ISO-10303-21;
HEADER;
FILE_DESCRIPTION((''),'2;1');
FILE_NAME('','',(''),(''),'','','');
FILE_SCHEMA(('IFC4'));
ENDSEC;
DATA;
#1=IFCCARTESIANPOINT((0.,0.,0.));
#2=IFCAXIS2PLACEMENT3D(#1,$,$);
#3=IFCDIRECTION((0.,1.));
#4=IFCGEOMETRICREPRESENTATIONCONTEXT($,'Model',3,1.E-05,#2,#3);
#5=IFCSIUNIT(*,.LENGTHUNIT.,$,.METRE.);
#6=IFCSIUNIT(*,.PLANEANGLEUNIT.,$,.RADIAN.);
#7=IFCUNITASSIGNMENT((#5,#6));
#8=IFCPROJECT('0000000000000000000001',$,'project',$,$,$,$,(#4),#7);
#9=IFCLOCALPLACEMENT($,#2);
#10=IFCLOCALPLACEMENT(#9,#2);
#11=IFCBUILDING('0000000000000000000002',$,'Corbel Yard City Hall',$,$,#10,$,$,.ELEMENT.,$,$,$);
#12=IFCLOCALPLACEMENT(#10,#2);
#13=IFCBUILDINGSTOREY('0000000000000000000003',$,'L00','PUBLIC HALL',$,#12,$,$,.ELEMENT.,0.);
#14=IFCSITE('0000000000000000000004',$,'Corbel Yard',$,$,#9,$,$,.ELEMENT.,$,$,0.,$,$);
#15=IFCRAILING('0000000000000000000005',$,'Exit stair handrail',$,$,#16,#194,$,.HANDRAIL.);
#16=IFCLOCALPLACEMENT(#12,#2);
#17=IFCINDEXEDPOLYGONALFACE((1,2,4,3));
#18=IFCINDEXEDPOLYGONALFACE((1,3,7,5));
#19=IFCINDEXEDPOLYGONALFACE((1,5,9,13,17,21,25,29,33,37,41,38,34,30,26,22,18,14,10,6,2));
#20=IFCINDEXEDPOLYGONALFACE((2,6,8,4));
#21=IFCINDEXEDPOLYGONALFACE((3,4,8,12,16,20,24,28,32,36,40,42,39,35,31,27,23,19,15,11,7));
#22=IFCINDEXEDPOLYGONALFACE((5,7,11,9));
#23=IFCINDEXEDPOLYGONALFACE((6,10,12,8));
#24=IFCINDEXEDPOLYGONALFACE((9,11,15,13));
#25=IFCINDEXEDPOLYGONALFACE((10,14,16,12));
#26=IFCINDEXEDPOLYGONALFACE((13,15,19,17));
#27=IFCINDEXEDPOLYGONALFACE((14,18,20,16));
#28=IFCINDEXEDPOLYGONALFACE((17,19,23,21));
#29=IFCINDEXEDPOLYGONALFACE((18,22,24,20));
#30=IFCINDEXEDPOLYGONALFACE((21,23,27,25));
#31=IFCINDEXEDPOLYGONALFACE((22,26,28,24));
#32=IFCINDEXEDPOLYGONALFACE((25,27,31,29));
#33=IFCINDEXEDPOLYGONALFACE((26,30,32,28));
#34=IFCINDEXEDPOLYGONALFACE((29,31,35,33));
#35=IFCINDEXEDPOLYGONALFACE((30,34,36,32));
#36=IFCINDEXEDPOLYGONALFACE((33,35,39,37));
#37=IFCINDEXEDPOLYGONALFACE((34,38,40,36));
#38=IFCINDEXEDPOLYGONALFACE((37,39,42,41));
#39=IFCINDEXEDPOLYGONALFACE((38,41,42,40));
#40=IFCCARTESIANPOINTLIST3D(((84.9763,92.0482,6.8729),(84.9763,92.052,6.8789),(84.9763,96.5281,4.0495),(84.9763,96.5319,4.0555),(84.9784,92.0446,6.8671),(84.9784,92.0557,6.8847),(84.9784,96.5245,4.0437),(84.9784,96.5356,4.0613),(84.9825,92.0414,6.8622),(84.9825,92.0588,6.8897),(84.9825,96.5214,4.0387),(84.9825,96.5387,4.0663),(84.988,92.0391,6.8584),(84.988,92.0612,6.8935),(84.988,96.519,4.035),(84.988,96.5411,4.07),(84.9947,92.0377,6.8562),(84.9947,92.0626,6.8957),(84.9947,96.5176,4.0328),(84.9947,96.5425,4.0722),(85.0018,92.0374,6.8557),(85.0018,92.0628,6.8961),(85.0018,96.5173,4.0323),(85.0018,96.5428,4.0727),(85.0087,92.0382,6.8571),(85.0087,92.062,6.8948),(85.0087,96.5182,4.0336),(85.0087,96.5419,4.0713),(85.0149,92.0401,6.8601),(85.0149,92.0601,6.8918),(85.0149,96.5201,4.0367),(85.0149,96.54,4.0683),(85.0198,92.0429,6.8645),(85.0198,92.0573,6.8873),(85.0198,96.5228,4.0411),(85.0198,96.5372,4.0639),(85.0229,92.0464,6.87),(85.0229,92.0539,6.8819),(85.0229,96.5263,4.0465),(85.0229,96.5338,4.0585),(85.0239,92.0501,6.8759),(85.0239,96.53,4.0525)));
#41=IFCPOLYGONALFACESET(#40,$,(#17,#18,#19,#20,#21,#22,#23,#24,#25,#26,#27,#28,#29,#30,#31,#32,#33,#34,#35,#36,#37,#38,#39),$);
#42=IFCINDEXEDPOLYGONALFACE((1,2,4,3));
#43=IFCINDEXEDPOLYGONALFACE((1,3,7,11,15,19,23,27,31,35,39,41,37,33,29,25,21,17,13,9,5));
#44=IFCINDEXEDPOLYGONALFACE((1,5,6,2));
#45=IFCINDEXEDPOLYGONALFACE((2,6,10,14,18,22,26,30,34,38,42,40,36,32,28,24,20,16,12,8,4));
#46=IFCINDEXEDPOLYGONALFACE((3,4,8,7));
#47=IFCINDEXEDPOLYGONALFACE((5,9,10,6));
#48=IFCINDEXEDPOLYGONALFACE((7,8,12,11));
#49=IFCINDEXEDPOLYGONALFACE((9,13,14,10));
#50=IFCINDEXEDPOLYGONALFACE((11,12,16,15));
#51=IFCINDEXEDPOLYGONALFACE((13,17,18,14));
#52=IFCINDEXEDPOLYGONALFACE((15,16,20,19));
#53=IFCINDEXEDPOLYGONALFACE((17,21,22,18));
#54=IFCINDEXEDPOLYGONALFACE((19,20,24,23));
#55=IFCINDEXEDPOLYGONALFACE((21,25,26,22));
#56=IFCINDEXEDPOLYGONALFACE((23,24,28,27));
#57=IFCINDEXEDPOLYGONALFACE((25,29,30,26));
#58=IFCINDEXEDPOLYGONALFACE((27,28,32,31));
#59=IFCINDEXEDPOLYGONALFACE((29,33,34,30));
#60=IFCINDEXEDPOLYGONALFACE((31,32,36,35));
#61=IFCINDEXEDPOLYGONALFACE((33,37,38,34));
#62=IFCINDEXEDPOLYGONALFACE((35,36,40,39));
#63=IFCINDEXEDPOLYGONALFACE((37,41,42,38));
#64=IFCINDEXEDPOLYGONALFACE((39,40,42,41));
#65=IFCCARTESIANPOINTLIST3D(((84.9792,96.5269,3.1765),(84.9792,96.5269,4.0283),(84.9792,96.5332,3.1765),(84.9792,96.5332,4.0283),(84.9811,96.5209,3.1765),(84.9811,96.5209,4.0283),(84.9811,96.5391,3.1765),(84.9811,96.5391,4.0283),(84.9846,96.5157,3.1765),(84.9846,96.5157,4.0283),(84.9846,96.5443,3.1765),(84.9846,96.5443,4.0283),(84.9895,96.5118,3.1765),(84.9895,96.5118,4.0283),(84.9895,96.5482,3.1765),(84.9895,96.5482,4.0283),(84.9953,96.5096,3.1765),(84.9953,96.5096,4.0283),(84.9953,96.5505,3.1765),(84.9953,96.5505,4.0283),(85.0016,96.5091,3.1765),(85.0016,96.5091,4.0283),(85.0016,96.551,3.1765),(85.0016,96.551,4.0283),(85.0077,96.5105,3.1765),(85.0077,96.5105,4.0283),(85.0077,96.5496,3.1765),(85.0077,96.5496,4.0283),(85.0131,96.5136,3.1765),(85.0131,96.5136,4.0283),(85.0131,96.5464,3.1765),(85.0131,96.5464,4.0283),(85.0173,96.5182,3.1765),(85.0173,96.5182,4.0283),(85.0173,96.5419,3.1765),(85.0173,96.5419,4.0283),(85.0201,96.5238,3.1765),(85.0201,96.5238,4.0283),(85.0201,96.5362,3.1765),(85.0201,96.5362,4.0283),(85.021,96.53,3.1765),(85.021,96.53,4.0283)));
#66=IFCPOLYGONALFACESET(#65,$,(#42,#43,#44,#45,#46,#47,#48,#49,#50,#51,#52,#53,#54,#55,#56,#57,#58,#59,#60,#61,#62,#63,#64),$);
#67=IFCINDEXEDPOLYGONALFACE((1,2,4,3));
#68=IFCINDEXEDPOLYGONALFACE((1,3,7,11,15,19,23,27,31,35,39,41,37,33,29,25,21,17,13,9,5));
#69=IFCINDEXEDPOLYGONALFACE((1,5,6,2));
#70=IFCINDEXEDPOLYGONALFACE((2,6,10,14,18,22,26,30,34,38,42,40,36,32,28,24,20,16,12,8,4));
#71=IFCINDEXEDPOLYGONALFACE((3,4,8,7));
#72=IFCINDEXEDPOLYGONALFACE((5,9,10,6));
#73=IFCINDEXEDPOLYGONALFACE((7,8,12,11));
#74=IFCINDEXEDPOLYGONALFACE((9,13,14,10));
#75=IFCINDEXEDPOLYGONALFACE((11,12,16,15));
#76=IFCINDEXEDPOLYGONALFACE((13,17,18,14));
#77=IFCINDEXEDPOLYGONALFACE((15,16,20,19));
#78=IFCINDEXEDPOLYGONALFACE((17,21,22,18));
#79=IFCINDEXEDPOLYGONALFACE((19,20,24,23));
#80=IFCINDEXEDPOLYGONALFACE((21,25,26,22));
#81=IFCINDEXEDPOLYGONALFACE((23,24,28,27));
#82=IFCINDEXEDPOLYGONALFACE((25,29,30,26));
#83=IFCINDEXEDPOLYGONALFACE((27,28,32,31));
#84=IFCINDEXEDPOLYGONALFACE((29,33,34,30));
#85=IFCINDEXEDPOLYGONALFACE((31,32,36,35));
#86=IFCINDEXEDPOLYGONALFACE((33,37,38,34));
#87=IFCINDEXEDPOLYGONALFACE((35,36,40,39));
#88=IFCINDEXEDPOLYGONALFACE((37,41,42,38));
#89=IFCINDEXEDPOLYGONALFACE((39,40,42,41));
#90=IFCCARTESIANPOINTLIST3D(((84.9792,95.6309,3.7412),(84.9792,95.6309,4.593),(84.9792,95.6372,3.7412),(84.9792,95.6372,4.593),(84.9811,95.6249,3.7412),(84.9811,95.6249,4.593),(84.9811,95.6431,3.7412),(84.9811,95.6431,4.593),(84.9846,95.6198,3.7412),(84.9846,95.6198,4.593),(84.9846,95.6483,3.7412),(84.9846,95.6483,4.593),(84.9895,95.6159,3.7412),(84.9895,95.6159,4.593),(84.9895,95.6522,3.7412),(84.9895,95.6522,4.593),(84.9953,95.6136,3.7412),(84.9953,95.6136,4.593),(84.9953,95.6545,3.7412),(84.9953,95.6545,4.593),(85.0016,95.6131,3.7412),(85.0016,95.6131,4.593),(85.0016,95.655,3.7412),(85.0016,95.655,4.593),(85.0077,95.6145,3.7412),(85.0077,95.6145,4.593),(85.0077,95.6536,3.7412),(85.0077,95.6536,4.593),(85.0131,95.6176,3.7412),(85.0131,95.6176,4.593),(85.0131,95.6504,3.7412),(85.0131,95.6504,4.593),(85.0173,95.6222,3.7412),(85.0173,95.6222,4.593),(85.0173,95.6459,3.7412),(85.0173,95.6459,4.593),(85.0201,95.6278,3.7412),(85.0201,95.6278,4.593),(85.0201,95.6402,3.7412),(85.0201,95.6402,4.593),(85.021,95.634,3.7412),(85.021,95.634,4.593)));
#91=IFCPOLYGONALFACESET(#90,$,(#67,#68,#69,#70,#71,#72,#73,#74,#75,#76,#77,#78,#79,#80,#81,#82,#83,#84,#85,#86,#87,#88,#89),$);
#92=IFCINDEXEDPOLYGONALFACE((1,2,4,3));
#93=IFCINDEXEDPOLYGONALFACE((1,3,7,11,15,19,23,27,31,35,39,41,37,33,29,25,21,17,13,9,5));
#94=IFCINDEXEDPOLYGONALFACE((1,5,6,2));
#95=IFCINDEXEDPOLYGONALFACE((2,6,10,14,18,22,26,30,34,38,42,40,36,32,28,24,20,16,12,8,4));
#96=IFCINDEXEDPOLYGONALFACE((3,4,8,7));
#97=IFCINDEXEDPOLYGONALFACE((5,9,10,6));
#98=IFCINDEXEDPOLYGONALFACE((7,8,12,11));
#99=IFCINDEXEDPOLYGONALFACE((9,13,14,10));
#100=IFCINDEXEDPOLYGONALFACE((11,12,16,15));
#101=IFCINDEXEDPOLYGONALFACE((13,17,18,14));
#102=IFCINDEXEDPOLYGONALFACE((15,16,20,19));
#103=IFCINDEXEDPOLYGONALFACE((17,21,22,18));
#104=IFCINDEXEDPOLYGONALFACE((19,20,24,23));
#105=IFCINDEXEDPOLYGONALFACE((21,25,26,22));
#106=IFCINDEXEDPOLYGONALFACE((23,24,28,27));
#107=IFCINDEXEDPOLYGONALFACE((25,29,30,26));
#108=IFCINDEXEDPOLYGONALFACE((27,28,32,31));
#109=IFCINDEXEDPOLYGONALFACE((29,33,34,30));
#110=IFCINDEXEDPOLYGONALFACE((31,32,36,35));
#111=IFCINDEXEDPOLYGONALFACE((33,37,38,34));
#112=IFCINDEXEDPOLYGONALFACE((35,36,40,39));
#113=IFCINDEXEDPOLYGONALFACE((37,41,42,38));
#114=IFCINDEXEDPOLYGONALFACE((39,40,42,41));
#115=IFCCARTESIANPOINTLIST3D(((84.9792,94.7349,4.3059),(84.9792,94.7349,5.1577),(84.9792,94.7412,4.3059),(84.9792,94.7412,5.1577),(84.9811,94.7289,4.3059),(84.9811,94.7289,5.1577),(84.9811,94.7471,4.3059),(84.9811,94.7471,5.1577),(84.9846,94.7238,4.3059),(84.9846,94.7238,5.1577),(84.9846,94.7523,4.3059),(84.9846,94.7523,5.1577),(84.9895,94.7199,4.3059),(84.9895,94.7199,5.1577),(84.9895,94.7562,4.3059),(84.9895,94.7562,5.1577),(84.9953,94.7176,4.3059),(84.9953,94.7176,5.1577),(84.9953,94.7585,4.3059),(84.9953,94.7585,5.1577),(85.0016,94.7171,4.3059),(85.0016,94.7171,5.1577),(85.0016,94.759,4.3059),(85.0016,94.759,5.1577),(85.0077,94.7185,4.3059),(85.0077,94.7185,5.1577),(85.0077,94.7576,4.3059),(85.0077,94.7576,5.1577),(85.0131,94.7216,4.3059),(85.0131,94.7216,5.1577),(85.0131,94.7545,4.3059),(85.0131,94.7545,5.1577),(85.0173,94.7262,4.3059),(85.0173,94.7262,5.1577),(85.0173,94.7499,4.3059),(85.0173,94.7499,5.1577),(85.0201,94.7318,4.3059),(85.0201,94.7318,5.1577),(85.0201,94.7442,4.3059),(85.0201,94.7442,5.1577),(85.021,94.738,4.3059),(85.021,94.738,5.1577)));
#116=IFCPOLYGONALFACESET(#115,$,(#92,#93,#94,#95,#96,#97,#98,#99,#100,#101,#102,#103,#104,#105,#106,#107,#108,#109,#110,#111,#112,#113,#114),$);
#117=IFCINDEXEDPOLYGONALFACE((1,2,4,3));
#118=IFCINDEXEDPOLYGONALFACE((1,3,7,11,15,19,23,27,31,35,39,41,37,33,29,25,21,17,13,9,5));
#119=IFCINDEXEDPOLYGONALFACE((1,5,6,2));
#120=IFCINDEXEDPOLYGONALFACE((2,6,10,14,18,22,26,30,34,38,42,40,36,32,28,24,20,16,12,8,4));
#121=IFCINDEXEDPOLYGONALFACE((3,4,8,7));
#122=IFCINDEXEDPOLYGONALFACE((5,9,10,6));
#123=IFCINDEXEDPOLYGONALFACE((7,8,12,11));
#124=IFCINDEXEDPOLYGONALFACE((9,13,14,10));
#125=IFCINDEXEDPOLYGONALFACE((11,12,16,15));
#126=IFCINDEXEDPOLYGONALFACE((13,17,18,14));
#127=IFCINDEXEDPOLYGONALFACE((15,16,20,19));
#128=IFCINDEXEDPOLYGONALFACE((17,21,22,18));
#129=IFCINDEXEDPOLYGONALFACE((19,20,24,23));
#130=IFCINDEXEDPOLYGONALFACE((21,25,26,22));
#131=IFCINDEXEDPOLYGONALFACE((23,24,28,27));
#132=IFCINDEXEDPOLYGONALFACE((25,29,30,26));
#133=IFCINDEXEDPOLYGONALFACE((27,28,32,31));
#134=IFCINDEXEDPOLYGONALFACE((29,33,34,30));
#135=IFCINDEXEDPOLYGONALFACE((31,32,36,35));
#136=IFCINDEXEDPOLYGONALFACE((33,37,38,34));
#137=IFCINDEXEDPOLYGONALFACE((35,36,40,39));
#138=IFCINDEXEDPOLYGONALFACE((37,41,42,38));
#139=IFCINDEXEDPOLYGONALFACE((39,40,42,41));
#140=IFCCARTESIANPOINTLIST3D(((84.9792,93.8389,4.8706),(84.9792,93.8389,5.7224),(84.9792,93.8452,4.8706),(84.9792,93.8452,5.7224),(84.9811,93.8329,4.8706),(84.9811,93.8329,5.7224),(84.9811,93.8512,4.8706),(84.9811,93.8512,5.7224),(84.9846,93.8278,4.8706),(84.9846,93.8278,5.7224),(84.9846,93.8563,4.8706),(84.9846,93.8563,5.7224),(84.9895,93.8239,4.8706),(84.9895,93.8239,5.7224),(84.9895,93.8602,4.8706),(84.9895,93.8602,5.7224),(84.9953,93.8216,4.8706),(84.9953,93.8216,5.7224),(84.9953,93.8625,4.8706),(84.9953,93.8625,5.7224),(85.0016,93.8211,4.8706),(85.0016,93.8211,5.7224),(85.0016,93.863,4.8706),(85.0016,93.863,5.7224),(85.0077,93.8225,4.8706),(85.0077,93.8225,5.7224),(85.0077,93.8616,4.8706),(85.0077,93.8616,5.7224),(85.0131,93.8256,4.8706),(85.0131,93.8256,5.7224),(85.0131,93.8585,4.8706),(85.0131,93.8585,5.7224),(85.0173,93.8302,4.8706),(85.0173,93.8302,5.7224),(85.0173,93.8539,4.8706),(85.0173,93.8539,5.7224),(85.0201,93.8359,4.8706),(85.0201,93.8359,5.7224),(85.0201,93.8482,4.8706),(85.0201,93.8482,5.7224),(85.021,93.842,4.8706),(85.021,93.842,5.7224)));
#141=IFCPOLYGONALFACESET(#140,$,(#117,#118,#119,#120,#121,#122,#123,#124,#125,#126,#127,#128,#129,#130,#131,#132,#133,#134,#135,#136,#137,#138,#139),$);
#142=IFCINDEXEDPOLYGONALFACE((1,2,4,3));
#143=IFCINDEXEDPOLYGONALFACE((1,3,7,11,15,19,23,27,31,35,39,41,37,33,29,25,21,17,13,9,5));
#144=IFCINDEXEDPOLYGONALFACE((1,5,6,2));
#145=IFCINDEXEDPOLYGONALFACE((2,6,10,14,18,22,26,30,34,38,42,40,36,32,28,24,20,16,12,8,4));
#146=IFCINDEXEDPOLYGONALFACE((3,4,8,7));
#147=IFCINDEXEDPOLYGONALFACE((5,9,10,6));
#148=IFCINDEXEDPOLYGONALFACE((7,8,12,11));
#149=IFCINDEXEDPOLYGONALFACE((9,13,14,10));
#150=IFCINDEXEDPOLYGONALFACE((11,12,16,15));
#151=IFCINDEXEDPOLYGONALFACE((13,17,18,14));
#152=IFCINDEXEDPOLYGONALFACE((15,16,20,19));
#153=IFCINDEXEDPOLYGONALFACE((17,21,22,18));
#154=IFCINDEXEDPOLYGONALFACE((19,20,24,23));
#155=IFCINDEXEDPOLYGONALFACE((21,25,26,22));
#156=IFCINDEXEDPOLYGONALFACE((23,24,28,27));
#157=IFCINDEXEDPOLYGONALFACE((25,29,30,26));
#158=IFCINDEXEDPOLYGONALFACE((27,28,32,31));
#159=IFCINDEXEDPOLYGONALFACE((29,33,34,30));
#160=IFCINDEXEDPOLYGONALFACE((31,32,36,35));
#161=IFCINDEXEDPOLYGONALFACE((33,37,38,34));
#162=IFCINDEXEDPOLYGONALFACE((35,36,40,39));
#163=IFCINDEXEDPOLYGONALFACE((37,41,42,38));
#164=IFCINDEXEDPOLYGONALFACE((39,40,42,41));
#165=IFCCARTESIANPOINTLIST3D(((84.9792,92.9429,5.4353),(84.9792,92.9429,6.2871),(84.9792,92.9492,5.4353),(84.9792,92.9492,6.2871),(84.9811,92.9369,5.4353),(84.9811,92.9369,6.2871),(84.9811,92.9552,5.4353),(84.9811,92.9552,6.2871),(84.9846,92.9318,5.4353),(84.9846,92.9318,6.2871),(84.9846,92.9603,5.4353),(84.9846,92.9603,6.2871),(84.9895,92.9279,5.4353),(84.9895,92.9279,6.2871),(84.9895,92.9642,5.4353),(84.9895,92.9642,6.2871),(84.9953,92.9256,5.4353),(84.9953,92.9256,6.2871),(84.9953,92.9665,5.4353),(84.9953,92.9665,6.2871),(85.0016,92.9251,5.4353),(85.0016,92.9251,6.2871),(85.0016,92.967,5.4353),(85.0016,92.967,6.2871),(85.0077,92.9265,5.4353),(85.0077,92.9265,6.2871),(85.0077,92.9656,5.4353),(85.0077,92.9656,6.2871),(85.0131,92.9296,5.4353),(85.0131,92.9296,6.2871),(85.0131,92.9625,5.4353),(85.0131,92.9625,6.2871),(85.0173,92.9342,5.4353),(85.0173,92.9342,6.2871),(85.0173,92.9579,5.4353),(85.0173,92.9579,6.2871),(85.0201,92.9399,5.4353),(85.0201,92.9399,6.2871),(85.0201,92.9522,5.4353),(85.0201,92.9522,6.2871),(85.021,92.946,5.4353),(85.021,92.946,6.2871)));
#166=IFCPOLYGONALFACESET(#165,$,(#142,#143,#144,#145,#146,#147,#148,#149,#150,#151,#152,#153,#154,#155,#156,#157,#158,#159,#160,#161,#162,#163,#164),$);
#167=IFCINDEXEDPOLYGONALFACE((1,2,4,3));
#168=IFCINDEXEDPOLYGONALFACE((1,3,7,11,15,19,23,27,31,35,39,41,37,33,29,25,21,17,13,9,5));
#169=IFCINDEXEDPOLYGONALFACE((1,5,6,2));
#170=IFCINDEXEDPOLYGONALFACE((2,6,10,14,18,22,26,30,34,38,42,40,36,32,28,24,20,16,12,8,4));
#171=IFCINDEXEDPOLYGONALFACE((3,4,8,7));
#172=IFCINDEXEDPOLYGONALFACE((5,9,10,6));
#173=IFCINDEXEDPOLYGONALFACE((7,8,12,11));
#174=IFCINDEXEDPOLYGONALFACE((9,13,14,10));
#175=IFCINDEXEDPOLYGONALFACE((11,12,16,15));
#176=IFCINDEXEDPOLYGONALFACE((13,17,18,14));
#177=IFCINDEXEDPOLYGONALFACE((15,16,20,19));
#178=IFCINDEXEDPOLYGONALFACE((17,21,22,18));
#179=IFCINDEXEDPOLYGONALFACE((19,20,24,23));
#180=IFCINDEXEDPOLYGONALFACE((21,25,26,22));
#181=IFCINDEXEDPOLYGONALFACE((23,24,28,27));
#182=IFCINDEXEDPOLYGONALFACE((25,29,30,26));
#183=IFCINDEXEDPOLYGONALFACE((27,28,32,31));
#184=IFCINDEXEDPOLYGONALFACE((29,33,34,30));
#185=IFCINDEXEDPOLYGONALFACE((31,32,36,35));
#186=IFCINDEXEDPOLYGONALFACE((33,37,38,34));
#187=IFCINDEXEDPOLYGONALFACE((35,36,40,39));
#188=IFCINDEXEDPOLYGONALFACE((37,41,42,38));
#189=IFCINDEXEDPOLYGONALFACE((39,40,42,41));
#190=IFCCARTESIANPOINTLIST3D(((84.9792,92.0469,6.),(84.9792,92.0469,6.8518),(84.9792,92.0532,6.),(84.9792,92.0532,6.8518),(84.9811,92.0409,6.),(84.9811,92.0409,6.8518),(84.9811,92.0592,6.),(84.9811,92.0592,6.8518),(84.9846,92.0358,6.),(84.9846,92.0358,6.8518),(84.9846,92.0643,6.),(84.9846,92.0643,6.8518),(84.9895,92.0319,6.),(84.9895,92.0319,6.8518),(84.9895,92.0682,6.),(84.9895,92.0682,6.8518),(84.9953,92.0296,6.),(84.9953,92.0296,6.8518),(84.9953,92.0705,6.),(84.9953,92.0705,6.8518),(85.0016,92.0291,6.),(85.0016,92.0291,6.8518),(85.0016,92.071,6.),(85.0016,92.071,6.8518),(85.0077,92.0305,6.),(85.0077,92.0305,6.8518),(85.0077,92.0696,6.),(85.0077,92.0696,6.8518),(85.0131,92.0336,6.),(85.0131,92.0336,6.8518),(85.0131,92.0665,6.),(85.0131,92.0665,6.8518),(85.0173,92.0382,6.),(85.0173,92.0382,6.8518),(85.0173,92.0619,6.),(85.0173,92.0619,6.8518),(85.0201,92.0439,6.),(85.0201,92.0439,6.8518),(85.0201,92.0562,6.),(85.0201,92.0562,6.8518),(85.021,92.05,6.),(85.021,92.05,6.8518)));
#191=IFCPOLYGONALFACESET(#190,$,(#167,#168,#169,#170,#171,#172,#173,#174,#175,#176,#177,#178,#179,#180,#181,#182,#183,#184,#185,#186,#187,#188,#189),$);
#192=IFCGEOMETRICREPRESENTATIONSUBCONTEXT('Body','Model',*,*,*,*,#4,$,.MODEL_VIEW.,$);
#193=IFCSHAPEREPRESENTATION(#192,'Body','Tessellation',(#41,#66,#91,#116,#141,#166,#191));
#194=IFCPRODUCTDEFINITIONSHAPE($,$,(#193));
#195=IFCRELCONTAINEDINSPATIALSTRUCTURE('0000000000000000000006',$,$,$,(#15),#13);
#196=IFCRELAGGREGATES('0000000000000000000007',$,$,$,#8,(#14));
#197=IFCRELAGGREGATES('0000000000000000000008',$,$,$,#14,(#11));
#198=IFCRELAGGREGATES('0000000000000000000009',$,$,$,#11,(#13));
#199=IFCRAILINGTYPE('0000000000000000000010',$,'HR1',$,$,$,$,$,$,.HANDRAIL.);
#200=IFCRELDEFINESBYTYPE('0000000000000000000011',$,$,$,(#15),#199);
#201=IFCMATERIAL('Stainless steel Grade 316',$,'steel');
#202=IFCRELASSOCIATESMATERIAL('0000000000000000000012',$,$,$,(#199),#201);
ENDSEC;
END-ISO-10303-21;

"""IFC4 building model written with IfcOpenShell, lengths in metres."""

from ifc_helpers import new_model, si_unit, direction, frame, origin, origin_2d, place, context, subcontext, project, spatial, circle, extrude, material, type_object, element, save


model = new_model("IFC4")

# Units and contexts
model_context = context("Model", 3, precision=1e-05, world=origin(), true_north=direction((0.0, 1.0)))
body_context = subcontext(model_context, "Body", "Model", "MODEL_VIEW")
ifc_project = project(units=[si_unit("LENGTHUNIT", "METRE"), si_unit("PLANEANGLEUNIT", "RADIAN")], contexts=[model_context])

# Site, building, storey
site_placement = place(None, origin())
site = spatial("IfcSite", under=ifc_project, at=site_placement, Name="Corbel Yard", CompositionType="ELEMENT", RefElevation=0.0)
building_placement = place(site_placement, origin())
building = spatial("IfcBuilding", under=site, at=building_placement, Name="Corbel Yard City Hall", CompositionType="ELEMENT")
storey_placement = place(building_placement, origin())
storey = spatial("IfcBuildingStorey", under=building, at=storey_placement, Name="L00", Description="PUBLIC HALL", CompositionType="ELEMENT", Elevation=0.0)

# Shared definitions
ifc_material_1 = material(Name="Stainless steel Grade 316", Category="steel")

# Railing
railing_type = type_object("IfcRailingType", Name="HR1", PredefinedType="HANDRAIL", material=ifc_material_1)
for number, where, name in (
    (1, (85.0, 96.53, 3.1765), "Exit stair handrail"),
):
    element("IfcRailing", number, at=place(storey_placement, frame(where)), inside=storey, type_object=railing_type, Name=name, PredefinedType="HANDRAIL", context=body_context, shape_type="SweptSolid", body=[
        extrude(circle(Radius=0.0239, at=origin_2d()), frame((0.0, 0.0, 0.876), z_axis=(0.0, -0.845998, 0.533186), x_axis=(1.0, 0.0, 0.0)), (0.0, 0.0, 1.0), 5.2954),
        extrude(circle(Radius=0.021, at=origin_2d()), origin(), (0.0, 0.0, 1.0), 0.8518),
        extrude(circle(Radius=0.021, at=origin_2d()), frame((0.0, -0.896, 0.5647)), (0.0, 0.0, 1.0), 0.8518),
        extrude(circle(Radius=0.021, at=origin_2d()), frame((0.0, -1.792, 1.1294)), (0.0, 0.0, 1.0), 0.8518),
        extrude(circle(Radius=0.021, at=origin_2d()), frame((0.0, -2.688, 1.6941)), (0.0, 0.0, 1.0), 0.8518),
        extrude(circle(Radius=0.021, at=origin_2d()), frame((0.0, -3.584, 2.2588)), (0.0, 0.0, 1.0), 0.8518),
        extrude(circle(Radius=0.021, at=origin_2d()), frame((0.0, -4.48, 2.8235)), (0.0, 0.0, 1.0), 0.8518),
    ])

save(model, "model.ifc")
